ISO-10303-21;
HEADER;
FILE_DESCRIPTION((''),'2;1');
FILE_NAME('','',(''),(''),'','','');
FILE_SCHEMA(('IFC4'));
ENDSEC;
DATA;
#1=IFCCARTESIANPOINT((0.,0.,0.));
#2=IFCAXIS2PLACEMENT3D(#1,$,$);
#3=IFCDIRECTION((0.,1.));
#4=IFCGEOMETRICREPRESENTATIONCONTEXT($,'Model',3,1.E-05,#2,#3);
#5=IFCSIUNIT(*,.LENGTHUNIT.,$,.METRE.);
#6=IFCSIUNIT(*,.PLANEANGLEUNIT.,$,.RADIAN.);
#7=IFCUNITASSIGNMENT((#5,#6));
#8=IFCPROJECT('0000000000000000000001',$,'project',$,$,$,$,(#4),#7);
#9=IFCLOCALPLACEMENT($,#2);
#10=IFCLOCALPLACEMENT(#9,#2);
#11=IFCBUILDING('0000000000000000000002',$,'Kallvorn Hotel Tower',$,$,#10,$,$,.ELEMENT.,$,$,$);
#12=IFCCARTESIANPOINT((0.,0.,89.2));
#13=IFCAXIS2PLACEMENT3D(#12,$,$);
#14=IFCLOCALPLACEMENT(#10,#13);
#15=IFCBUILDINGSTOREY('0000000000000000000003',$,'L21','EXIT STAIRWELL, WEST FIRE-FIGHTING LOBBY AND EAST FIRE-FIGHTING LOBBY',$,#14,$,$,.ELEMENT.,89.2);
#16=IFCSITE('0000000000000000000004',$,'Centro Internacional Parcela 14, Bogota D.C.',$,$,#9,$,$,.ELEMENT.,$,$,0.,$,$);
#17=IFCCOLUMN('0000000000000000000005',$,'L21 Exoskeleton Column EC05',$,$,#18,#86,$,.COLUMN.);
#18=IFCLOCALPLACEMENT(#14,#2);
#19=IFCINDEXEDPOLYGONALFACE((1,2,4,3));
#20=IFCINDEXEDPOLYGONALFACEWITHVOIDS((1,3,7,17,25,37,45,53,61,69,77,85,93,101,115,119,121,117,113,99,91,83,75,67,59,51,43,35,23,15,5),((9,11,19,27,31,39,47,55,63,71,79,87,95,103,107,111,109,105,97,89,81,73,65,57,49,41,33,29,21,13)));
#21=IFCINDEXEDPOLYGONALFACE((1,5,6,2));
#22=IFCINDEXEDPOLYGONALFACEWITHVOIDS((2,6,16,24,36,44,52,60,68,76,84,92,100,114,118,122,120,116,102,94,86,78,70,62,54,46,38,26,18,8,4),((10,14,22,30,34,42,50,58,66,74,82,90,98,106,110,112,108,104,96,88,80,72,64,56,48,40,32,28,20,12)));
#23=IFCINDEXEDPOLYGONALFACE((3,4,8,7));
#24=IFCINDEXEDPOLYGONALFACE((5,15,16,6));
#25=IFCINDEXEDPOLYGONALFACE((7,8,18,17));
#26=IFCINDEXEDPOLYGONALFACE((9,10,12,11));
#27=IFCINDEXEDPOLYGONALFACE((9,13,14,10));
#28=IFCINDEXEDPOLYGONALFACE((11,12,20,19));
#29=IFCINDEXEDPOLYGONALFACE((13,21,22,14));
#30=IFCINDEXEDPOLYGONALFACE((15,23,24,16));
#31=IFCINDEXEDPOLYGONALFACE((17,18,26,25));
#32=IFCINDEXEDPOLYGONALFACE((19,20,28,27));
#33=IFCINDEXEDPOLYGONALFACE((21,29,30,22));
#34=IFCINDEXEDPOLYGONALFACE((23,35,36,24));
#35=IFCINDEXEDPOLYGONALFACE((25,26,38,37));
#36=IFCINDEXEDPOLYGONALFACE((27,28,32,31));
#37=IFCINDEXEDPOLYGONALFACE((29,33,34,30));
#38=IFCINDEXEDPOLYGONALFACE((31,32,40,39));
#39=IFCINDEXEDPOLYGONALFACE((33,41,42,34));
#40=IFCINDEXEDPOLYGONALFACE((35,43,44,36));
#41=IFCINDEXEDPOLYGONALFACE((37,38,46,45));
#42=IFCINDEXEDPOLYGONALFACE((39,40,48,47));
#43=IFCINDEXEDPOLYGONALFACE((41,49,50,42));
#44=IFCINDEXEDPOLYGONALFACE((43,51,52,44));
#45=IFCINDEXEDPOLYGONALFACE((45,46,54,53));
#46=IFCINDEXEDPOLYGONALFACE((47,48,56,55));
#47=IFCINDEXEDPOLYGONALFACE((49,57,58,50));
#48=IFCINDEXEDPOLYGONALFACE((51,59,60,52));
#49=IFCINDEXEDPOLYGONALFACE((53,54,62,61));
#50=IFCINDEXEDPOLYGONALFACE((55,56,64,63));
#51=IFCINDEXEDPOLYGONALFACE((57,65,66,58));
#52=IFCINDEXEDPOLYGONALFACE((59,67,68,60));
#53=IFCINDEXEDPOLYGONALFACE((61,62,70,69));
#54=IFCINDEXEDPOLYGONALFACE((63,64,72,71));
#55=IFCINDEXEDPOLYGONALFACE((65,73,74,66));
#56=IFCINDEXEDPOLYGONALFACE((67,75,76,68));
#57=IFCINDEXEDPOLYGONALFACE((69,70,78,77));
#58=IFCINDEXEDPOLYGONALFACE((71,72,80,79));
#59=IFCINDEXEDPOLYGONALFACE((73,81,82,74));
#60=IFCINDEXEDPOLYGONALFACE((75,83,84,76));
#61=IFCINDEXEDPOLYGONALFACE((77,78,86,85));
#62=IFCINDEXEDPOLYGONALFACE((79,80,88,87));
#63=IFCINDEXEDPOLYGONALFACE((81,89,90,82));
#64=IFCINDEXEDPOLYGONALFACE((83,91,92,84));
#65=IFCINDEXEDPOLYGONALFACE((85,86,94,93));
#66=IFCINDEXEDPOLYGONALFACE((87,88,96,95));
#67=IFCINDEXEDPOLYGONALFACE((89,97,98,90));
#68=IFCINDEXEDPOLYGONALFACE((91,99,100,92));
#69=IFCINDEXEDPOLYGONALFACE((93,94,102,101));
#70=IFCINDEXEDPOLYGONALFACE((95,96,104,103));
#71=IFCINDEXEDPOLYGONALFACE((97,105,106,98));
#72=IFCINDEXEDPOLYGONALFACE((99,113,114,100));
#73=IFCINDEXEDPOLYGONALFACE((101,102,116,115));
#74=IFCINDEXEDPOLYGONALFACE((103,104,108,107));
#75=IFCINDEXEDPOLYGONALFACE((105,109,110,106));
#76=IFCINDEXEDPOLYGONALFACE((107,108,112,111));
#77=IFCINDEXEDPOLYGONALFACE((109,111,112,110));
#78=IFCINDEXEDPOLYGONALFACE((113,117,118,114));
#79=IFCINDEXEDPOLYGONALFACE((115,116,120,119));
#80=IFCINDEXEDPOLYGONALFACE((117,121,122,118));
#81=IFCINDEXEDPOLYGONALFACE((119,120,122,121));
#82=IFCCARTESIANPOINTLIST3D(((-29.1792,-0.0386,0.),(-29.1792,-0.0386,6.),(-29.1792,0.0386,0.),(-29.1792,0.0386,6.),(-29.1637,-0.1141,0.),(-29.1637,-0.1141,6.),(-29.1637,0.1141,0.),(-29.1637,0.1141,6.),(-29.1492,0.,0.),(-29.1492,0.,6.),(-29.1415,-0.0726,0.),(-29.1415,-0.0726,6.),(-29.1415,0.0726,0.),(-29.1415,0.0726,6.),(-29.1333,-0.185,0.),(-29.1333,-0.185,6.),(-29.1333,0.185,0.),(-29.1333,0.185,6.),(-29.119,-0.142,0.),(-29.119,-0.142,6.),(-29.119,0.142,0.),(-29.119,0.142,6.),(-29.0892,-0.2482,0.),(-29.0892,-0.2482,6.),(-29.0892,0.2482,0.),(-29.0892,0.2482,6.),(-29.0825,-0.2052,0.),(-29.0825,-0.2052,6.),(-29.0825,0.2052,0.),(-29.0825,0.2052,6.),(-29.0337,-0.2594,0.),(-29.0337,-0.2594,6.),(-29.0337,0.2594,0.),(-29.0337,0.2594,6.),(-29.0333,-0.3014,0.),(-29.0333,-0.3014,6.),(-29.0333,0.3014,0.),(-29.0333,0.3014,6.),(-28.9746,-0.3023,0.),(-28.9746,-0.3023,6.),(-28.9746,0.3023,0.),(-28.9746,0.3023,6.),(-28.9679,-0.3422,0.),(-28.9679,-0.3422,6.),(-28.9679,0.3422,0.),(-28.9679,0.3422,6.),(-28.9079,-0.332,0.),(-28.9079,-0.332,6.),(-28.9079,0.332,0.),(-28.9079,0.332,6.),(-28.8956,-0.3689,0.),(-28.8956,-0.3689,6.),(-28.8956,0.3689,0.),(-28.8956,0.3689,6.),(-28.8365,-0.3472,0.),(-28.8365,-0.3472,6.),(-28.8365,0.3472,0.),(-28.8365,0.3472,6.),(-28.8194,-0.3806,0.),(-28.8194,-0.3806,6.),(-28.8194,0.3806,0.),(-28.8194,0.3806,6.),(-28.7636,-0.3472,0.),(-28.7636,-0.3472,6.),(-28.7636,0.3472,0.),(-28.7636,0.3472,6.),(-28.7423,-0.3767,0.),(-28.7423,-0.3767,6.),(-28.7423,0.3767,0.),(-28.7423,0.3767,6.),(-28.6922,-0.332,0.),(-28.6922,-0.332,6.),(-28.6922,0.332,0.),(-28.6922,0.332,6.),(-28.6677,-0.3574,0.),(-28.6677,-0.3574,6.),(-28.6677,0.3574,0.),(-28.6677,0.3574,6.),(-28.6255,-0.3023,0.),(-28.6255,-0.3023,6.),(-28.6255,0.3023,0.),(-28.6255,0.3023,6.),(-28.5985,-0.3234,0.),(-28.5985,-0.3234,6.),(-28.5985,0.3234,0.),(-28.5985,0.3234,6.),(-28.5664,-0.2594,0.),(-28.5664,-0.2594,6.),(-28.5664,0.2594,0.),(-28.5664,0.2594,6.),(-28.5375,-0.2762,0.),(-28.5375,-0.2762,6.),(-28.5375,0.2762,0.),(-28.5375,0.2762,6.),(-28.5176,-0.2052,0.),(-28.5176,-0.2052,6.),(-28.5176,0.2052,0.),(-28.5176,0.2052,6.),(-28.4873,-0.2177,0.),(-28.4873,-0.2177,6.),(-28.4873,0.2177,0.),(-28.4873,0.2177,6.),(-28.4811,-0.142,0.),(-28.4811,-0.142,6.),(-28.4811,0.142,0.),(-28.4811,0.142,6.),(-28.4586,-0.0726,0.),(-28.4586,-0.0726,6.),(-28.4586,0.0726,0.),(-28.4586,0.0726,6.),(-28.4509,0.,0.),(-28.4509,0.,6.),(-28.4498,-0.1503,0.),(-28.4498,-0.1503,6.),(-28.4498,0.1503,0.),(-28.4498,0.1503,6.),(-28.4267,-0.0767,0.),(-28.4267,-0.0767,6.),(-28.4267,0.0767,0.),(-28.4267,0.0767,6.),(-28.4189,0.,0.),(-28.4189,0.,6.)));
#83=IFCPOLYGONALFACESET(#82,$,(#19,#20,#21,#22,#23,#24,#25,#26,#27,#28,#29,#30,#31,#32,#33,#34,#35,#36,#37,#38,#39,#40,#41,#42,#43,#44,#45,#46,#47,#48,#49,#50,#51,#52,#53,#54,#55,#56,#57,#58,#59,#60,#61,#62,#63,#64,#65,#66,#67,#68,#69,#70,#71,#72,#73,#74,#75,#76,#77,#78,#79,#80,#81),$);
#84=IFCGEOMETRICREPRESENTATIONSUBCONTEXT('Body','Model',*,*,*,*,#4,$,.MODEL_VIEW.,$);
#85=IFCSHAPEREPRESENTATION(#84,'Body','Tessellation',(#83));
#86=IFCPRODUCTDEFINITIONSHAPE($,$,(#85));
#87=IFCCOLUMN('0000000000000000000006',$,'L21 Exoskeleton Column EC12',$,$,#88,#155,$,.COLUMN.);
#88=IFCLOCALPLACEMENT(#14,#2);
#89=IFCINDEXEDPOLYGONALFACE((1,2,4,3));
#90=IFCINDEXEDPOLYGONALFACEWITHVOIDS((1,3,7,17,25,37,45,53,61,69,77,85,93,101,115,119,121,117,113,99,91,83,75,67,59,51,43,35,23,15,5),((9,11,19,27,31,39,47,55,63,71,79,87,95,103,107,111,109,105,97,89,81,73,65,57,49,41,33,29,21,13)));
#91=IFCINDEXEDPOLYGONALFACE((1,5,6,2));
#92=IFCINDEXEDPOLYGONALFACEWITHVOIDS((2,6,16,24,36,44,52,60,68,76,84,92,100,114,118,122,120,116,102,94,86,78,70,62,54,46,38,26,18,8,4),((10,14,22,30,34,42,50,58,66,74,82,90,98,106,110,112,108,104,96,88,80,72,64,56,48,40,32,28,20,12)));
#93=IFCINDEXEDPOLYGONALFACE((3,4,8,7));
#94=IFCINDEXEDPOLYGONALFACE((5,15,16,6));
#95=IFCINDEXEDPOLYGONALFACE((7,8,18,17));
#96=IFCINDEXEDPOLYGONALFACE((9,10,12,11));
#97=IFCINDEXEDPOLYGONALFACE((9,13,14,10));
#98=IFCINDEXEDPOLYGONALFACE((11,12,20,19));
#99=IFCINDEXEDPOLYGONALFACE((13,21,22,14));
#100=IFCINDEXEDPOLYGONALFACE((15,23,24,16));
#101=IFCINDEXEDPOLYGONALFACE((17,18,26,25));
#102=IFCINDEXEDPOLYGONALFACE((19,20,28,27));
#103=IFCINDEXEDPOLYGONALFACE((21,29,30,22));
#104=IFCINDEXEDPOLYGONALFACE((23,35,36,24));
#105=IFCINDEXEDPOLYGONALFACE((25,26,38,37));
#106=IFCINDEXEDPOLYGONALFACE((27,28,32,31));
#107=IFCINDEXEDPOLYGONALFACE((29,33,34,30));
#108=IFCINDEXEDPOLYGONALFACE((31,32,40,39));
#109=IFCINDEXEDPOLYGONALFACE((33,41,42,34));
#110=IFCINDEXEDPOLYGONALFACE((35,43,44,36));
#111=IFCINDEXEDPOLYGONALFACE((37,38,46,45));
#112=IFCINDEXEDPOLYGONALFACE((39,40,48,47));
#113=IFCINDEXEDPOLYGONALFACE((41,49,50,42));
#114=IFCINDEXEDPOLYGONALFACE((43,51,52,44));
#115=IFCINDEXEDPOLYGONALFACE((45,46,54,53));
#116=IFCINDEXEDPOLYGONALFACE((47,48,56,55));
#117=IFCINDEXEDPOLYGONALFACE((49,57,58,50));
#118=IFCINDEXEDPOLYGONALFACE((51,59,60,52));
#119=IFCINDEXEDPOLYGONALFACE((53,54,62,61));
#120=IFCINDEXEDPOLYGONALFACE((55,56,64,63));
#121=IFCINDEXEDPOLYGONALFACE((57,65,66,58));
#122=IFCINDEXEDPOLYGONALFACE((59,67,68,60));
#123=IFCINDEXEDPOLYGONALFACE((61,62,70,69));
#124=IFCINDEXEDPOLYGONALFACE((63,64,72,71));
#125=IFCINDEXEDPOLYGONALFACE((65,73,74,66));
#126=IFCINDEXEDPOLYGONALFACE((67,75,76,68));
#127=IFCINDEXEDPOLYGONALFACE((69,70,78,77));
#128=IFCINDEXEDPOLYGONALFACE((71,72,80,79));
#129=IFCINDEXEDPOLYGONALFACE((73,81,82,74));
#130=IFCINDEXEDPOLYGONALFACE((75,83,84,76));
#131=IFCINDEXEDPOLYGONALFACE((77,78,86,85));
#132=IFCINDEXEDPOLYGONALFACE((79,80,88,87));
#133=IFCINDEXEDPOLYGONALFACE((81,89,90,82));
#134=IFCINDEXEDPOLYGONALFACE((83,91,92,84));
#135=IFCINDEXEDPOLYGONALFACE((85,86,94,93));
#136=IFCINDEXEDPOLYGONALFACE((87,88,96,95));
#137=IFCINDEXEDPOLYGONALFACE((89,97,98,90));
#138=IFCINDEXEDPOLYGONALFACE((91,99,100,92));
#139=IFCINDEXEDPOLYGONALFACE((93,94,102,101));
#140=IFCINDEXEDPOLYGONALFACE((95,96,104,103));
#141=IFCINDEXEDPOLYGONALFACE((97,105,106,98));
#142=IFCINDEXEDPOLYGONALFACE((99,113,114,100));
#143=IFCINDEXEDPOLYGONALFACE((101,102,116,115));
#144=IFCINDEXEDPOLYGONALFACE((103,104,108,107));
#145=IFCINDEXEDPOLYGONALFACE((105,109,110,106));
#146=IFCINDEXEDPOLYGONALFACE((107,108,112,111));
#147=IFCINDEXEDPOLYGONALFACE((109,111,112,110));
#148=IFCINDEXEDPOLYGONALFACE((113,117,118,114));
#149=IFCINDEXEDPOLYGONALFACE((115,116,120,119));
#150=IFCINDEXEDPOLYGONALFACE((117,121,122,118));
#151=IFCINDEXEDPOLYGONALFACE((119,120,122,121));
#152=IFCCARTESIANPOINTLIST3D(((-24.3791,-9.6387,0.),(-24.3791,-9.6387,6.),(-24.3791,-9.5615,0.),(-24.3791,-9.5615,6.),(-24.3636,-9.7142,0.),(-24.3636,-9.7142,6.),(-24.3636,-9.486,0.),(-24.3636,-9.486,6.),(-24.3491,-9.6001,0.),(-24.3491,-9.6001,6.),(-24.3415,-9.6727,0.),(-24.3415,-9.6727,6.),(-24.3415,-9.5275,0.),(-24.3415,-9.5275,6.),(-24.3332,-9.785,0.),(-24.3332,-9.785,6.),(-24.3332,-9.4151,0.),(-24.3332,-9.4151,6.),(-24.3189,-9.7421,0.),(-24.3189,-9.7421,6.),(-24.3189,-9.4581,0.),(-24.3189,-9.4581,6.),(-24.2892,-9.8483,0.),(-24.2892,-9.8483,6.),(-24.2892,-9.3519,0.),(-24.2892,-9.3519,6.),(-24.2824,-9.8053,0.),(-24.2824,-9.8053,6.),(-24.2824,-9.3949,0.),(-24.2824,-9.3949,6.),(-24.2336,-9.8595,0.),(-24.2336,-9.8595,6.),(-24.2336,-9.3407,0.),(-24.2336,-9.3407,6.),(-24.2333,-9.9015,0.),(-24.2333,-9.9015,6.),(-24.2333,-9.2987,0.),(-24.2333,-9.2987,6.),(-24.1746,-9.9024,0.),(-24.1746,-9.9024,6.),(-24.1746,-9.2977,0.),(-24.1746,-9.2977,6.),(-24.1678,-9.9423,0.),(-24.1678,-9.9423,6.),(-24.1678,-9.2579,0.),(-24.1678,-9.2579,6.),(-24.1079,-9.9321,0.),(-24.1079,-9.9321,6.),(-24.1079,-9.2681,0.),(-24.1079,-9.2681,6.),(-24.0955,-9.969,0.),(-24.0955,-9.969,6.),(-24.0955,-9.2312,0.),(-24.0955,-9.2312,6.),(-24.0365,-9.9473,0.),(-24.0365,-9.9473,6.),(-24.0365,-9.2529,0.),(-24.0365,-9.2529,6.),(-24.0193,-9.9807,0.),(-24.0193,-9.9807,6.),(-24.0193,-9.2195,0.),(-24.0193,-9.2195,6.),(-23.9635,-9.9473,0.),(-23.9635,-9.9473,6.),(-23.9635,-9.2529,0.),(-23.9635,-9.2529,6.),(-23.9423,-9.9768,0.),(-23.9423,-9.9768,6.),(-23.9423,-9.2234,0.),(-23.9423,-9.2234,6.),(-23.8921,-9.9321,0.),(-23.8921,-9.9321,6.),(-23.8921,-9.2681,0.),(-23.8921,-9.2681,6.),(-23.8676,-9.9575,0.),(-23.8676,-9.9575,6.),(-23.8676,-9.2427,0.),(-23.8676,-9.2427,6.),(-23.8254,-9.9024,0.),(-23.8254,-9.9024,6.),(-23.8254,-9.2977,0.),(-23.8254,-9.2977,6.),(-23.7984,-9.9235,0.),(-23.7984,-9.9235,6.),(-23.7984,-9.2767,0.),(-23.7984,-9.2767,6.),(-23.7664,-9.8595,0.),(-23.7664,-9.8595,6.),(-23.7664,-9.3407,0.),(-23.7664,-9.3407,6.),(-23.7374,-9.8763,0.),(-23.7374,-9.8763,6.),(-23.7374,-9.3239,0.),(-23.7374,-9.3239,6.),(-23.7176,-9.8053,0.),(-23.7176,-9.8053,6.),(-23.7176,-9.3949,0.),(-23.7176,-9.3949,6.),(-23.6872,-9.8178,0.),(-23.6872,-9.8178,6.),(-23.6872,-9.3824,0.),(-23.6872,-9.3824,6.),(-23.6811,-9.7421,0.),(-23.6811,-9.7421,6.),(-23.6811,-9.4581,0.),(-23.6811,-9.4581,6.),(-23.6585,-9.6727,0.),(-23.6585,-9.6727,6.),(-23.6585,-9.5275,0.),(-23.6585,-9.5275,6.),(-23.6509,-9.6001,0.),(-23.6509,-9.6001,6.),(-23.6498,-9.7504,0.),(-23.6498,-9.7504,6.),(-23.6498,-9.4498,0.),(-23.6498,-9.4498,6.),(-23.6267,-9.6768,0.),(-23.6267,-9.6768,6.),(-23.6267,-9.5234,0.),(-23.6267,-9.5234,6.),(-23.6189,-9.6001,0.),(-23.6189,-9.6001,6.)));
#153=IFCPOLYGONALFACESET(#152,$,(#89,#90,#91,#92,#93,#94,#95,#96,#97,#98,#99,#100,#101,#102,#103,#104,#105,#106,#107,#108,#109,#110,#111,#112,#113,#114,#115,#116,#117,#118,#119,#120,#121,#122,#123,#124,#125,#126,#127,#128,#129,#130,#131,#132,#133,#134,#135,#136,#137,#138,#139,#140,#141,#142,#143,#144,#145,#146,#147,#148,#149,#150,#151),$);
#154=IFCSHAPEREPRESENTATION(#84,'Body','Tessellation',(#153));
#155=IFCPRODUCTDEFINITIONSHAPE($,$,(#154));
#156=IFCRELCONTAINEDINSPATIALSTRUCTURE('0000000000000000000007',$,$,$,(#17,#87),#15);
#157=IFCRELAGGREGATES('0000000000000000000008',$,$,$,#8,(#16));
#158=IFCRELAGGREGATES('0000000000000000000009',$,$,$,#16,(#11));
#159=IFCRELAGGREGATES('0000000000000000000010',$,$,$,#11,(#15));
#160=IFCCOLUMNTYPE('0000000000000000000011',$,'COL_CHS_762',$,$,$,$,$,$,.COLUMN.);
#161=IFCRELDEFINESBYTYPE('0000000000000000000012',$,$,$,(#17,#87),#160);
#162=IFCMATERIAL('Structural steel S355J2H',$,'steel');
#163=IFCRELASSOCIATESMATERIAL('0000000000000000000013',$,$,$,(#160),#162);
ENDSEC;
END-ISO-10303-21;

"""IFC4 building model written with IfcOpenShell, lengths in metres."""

from ifc_helpers import new_model, si_unit, direction, frame, origin, origin_2d, place, context, subcontext, project, spatial, hollow_circle, extrude, material, material_profile, profile_set, type_object, element, save


model = new_model("IFC4")

# Units and contexts
model_context = context("Model", 3, precision=1e-05, world=origin(), true_north=direction((0.0, 1.0)))
body_context = subcontext(model_context, "Body", "Model", "MODEL_VIEW")
ifc_project = project(units=[si_unit("LENGTHUNIT", "METRE"), si_unit("PLANEANGLEUNIT", "RADIAN")], contexts=[model_context])

# Site, building, storey
site_placement = place(None, origin())
site = spatial("IfcSite", under=ifc_project, at=site_placement, Name="Centro Internacional Parcela 14, Bogota D.C.", CompositionType="ELEMENT", RefElevation=0.0)
building_placement = place(site_placement, origin())
building = spatial("IfcBuilding", under=site, at=building_placement, Name="Kallvorn Hotel Tower", CompositionType="ELEMENT")
storey_placement = place(building_placement, frame((0.0, 0.0, 89.2)))
storey = spatial("IfcBuildingStorey", under=building, at=storey_placement, Name="L21", Description="EXIT STAIRWELL, WEST FIRE-FIGHTING LOBBY AND EAST FIRE-FIGHTING LOBBY", CompositionType="ELEMENT", Elevation=89.2)

# Columns
ifc_material_1 = material(Name="Structural steel S355J2H", Category="steel")
ifc_material_profile_1 = material_profile(ifc_material_1, hollow_circle(Radius=0.3811, WallThickness=0.032, at=origin_2d()), Name="CHS 762x32")
ifc_profile_set_1 = profile_set([ifc_material_profile_1], Name="Structural steel S355J2H")
column_type_1 = type_object("IfcColumnType", Name="COL_CHS_762", PredefinedType="COLUMN", material=ifc_profile_set_1)
for number, where, z_axis, x_axis, name in (
    (1, (-28.8, 0.0, 0.0), (0.0, 0.0, 1.0), (1.0, 0.0, 0.0), "L21 Exoskeleton Column EC05"),
    (2, (-24.0, -9.6001, 0.0), (0.0, 0.0, 1.0), (1.0, 0.0, 0.0), "L21 Exoskeleton Column EC12"),
):
    element("IfcColumn", number, at=place(storey_placement, frame(where, z_axis=z_axis, x_axis=x_axis)), inside=storey, type_object=column_type_1, Name=name, PredefinedType="COLUMN", context=body_context, shape_type="SweptSolid", body=[
        extrude(hollow_circle(Radius=0.3811, WallThickness=0.032, at=origin_2d()), origin(), (0.0, 0.0, 1.0), 6.0),
    ])

save(model, "model.ifc")
